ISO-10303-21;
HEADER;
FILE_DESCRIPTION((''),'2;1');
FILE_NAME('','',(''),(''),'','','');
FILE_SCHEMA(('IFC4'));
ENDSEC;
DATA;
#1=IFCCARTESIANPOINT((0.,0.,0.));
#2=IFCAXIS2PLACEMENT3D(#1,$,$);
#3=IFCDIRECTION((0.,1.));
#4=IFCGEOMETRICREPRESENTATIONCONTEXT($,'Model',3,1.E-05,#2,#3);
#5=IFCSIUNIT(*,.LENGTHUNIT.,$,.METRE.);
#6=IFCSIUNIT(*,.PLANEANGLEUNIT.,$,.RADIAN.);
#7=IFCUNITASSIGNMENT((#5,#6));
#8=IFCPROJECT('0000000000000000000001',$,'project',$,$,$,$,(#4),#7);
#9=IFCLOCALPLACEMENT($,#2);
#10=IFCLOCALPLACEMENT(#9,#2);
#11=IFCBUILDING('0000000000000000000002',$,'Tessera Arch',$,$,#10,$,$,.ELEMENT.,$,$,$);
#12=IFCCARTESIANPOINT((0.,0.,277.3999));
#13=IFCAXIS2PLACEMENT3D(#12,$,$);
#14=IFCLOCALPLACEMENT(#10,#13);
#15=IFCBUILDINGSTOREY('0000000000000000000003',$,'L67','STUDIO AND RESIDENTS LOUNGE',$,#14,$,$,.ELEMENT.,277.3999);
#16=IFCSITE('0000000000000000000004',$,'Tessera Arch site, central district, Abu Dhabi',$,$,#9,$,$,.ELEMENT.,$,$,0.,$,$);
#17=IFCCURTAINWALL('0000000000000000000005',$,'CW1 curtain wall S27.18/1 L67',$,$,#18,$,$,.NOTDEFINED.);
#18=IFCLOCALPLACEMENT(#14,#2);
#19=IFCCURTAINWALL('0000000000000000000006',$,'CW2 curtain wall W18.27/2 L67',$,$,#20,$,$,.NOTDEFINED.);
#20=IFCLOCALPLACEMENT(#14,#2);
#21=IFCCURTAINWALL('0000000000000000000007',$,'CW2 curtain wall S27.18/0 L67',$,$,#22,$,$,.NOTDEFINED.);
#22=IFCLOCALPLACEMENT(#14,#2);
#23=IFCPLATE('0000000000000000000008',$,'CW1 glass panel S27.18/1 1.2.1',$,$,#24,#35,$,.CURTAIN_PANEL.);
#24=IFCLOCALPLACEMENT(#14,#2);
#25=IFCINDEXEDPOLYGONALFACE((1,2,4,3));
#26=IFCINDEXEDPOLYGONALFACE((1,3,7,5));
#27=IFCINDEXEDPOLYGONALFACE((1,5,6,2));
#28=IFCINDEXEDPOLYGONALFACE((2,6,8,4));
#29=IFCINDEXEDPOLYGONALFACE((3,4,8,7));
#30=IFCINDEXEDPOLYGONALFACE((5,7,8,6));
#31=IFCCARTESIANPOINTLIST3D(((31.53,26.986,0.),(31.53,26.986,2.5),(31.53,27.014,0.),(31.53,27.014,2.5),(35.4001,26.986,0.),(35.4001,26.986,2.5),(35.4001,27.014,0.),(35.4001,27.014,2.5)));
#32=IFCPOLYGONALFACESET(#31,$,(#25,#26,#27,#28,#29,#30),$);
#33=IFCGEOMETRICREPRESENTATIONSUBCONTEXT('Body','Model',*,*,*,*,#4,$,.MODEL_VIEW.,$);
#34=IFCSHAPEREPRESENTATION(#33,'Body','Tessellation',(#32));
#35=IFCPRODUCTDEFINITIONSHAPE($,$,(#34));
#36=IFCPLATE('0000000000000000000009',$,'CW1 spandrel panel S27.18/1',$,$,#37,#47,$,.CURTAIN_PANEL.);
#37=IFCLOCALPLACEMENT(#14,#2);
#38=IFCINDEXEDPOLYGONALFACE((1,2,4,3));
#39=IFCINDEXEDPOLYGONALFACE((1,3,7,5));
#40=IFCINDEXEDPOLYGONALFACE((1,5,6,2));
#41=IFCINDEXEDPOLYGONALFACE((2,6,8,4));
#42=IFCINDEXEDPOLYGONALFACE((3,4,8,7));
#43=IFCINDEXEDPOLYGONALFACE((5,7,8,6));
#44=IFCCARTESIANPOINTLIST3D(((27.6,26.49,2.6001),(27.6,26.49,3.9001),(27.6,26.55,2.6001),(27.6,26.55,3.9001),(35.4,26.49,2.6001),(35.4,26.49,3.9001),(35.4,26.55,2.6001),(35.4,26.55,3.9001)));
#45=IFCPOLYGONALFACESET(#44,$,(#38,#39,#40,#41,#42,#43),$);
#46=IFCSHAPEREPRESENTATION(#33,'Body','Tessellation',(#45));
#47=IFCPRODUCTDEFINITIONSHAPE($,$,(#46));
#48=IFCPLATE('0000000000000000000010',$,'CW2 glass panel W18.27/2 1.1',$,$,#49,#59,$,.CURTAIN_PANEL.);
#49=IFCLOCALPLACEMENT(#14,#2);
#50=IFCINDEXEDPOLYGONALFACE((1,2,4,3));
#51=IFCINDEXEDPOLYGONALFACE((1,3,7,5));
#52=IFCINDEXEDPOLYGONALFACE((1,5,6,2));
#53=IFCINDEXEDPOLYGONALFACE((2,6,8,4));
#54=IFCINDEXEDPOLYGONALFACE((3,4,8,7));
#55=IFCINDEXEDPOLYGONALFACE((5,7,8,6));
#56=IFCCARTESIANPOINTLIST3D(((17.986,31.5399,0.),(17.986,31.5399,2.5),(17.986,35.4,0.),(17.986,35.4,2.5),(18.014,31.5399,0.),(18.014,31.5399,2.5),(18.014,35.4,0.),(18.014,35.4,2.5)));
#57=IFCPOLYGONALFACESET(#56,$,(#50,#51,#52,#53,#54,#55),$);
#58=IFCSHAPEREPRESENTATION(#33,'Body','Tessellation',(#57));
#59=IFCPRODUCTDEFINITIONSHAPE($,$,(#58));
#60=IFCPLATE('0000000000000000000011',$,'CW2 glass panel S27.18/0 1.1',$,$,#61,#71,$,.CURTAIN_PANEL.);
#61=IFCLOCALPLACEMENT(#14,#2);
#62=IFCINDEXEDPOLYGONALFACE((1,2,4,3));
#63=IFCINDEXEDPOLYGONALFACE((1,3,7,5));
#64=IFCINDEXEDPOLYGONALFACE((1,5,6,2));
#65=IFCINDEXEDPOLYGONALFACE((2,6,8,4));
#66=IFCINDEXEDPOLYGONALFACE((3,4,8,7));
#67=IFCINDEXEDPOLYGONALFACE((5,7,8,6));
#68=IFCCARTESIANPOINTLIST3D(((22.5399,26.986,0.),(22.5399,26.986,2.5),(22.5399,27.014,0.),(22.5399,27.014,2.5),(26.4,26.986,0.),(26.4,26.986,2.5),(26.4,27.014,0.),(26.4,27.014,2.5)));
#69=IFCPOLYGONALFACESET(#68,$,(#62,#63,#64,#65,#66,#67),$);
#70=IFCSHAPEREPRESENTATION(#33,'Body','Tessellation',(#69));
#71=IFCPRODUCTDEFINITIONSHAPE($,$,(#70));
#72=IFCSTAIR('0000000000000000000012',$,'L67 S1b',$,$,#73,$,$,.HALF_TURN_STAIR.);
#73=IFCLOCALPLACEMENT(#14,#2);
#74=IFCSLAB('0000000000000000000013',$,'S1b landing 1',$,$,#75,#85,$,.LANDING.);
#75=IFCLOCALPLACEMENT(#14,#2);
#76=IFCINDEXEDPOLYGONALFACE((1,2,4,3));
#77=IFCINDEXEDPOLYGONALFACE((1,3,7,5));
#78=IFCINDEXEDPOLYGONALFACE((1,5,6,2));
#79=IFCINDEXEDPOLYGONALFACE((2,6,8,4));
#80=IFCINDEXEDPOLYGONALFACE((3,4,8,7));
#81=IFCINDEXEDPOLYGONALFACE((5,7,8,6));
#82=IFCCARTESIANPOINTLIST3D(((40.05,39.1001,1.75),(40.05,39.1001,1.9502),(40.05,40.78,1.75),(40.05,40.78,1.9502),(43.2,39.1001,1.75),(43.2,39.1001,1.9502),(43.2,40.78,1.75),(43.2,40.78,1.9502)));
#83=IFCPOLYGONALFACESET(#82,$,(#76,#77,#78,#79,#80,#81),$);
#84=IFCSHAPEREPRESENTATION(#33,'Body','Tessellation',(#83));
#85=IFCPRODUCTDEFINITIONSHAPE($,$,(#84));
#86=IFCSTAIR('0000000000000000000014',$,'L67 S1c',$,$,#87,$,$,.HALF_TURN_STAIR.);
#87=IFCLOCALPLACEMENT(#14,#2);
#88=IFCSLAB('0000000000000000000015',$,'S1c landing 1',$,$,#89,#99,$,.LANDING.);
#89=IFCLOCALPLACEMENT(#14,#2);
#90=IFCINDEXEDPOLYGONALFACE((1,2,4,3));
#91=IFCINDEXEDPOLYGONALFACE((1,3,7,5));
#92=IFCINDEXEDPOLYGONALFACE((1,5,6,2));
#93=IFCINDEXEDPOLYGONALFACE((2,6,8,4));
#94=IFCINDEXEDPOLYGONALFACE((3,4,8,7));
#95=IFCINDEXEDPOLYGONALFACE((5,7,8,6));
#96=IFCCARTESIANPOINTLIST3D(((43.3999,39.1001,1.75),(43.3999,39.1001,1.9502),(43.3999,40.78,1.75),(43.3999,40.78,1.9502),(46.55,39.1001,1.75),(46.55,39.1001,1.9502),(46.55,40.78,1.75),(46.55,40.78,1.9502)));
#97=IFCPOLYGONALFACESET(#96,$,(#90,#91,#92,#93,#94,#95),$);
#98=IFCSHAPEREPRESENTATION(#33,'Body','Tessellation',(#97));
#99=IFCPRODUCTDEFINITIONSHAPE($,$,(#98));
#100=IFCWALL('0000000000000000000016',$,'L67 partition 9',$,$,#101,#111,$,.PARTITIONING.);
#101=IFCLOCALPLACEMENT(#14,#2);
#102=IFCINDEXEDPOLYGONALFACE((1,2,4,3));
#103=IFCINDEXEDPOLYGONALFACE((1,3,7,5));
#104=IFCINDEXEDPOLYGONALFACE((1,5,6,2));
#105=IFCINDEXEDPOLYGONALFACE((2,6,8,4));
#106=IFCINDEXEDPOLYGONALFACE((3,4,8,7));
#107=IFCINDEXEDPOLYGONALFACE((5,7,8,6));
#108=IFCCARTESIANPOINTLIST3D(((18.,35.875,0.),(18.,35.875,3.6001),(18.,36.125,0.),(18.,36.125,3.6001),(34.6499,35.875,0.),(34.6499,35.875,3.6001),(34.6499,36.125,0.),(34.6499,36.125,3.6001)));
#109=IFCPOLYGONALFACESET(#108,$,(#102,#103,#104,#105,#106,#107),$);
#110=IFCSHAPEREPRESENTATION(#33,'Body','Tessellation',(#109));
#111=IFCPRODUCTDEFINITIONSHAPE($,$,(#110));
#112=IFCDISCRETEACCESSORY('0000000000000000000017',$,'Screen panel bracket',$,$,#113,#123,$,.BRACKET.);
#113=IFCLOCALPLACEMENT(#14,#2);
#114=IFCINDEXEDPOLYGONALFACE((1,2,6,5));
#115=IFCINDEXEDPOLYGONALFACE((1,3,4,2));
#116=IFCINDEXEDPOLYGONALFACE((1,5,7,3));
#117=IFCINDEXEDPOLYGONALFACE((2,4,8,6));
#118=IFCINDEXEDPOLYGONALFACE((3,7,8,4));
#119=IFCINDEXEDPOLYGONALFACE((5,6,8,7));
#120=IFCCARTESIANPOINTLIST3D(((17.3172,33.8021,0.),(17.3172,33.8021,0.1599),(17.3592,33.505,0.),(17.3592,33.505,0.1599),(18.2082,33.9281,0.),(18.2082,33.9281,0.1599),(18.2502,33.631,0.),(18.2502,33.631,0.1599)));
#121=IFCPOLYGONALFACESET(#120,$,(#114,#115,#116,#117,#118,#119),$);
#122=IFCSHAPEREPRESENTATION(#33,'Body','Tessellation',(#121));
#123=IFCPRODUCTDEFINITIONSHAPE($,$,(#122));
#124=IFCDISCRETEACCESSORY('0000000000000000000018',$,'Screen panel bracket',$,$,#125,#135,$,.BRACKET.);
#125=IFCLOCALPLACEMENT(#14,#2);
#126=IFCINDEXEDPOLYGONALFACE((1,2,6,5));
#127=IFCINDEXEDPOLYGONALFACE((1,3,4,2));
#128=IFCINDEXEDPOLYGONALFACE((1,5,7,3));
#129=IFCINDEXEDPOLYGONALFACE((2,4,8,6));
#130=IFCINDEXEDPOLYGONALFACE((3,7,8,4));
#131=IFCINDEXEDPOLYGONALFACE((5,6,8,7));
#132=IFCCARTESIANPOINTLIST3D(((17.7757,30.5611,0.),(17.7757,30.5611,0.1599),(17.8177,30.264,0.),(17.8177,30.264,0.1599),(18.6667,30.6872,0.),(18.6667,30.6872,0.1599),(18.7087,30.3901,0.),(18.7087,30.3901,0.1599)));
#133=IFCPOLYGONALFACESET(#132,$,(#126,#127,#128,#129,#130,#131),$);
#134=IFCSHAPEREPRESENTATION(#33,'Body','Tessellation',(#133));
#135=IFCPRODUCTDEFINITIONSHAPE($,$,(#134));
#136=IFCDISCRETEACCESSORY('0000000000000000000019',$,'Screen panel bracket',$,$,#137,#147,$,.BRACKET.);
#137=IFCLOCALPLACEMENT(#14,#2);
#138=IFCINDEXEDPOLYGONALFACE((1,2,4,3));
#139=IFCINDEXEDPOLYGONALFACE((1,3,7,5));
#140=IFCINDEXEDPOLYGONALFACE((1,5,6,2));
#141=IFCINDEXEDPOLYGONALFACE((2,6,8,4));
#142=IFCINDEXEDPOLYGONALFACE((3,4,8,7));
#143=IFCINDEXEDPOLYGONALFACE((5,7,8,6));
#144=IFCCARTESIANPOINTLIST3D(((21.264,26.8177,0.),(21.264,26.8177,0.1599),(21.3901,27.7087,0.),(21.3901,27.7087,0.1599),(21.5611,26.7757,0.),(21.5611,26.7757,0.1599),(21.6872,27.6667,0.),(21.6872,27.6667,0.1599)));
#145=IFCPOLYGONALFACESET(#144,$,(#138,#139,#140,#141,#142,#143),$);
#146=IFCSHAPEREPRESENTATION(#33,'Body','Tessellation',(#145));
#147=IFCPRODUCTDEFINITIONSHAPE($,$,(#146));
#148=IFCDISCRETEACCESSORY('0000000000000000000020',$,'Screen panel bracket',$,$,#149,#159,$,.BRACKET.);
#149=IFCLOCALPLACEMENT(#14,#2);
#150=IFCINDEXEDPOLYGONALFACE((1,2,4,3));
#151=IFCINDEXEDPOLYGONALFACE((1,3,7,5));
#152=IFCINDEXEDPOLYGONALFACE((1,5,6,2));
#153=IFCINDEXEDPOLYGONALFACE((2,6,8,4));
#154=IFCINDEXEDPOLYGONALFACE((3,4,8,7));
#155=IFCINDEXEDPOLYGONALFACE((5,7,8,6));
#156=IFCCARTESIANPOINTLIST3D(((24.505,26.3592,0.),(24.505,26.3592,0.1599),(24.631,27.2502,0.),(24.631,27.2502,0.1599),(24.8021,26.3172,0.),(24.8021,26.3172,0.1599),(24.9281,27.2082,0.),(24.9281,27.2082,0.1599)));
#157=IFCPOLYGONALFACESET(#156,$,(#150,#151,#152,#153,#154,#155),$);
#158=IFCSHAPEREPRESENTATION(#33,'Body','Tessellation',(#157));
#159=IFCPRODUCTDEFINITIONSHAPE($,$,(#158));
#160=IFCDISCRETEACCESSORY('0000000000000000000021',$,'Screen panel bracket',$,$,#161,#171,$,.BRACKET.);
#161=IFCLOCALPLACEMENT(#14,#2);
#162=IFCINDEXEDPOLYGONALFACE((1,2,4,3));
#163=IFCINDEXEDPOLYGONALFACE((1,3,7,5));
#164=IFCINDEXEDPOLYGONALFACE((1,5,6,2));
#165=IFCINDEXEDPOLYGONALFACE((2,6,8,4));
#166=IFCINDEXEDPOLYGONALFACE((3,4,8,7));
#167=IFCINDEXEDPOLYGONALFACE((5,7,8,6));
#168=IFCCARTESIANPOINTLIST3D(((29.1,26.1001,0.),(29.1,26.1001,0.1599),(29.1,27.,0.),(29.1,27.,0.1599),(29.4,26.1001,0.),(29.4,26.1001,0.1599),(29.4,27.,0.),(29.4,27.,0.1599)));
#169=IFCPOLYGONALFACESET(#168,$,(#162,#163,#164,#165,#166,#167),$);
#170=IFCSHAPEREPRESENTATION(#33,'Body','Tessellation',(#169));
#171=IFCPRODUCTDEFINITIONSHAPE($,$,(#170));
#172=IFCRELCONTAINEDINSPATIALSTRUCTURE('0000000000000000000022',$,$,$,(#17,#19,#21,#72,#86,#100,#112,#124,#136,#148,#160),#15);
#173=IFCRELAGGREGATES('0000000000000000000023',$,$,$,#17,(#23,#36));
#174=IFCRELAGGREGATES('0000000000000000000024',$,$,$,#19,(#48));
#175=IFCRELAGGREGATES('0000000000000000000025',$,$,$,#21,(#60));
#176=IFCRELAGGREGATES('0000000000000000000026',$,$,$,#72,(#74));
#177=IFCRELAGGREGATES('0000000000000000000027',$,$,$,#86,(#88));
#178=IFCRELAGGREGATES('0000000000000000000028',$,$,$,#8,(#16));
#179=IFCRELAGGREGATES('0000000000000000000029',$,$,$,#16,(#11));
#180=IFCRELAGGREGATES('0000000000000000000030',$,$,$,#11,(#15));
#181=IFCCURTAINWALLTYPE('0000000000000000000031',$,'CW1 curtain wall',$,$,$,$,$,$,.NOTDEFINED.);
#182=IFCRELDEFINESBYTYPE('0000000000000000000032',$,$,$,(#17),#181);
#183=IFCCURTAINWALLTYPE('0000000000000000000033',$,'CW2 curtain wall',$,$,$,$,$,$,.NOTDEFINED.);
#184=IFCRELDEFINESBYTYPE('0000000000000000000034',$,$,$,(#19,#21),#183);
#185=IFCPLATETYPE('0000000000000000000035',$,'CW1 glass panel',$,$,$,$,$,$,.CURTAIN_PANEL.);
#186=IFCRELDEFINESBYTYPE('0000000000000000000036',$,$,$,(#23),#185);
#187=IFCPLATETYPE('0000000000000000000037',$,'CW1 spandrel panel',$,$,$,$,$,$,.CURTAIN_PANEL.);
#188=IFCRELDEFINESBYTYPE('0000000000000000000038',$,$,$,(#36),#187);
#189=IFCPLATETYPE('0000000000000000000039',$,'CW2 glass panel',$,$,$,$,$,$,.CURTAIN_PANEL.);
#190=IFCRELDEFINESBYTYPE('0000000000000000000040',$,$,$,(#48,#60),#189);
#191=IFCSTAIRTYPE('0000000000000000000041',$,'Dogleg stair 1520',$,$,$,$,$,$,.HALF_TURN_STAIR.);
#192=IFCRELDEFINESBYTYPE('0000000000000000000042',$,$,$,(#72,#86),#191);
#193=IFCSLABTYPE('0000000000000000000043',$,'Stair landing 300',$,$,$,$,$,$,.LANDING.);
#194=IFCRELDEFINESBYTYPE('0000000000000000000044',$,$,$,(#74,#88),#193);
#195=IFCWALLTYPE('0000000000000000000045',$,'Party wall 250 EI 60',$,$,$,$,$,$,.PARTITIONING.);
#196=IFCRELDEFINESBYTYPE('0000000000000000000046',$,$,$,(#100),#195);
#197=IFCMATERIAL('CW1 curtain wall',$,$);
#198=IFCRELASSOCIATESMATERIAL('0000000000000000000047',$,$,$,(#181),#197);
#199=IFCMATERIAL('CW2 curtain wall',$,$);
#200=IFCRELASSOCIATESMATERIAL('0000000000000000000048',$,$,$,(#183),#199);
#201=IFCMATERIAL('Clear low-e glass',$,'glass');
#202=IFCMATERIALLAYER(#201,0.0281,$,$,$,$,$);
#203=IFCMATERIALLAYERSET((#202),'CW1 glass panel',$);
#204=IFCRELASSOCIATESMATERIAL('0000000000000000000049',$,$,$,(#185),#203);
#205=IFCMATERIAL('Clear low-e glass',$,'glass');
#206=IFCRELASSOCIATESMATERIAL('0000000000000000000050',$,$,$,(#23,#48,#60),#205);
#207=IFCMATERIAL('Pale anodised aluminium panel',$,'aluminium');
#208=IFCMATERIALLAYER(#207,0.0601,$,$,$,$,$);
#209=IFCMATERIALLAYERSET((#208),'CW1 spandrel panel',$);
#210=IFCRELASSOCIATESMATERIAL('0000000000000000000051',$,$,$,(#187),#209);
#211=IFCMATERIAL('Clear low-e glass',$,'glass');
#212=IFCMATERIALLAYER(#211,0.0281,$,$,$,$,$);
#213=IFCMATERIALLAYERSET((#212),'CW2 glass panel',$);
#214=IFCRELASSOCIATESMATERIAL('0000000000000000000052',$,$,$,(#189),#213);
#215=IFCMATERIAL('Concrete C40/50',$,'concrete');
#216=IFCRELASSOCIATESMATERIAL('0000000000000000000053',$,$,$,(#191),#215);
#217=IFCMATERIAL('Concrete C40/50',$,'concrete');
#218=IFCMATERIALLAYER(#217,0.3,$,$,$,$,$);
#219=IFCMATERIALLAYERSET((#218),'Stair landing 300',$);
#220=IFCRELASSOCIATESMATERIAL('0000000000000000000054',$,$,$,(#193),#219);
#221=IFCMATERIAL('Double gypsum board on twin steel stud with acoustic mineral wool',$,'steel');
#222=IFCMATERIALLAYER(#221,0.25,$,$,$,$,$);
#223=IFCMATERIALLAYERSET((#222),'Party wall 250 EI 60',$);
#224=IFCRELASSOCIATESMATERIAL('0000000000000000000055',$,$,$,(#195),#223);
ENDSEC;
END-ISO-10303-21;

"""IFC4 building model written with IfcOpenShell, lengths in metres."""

from ifc_helpers import new_model, si_unit, direction, frame, frame_2d, origin, origin_2d, place, context, subcontext, project, spatial, polyline, rectangle, outline, extrude, material, layer, layer_set, type_object, element, aggregate, save


model = new_model("IFC4")

# Units and contexts
model_context = context("Model", 3, precision=1e-05, world=origin(), true_north=direction((0.0, 1.0)))
body_context = subcontext(model_context, "Body", "Model", "MODEL_VIEW")
ifc_project = project(units=[si_unit("LENGTHUNIT", "METRE"), si_unit("PLANEANGLEUNIT", "RADIAN")], contexts=[model_context])

# Site, building, storey
site_placement = place(None, origin())
site = spatial("IfcSite", under=ifc_project, at=site_placement, Name="Tessera Arch site, central district, Abu Dhabi", CompositionType="ELEMENT", RefElevation=0.0)
building_placement = place(site_placement, origin())
building = spatial("IfcBuilding", under=site, at=building_placement, Name="Tessera Arch", CompositionType="ELEMENT")
storey_placement = place(building_placement, frame((0.0, 0.0, 277.3999)))
storey = spatial("IfcBuildingStorey", under=building, at=storey_placement, Name="L67", Description="STUDIO AND RESIDENTS LOUNGE", CompositionType="ELEMENT", Elevation=277.3999)

# Curtain wall
ifc_material_1 = material(Name="CW1 curtain wall")
curtain_wall_type_1 = type_object("IfcCurtainWallType", Name="CW1 curtain wall", PredefinedType="NOTDEFINED", material=ifc_material_1)
curtain_wall_1_placement = place(storey_placement, origin())
curtain_wall_1 = element("IfcCurtainWall", 1, at=curtain_wall_1_placement, inside=storey, type_object=curtain_wall_type_1, Name="CW1 curtain wall S27.18/1 L67", PredefinedType="NOTDEFINED")

# Curtain walls
ifc_material_2 = material(Name="CW2 curtain wall")
curtain_wall_type_2 = type_object("IfcCurtainWallType", Name="CW2 curtain wall", PredefinedType="NOTDEFINED", material=ifc_material_2)
curtain_wall_2_placement = place(storey_placement, origin())
curtain_wall_2 = element("IfcCurtainWall", 2, at=curtain_wall_2_placement, inside=storey, type_object=curtain_wall_type_2, Name="CW2 curtain wall W18.27/2 L67", PredefinedType="NOTDEFINED")
curtain_wall_3_placement = place(storey_placement, origin())
curtain_wall_3 = element("IfcCurtainWall", 3, at=curtain_wall_3_placement, inside=storey, type_object=curtain_wall_type_2, Name="CW2 curtain wall S27.18/0 L67", PredefinedType="NOTDEFINED")

# Plates
ifc_material_3 = material(Name="Clear low-e glass", Category="glass")
ifc_material_4 = material(Name="Clear low-e glass", Category="glass")
ifc_layer_1 = layer(ifc_material_4, 0.0281)
ifc_layer_set_1 = layer_set([ifc_layer_1], Name="CW1 glass panel")
plate_type_1 = type_object("IfcPlateType", Name="CW1 glass panel", PredefinedType="CURTAIN_PANEL", material=ifc_layer_set_1)
plate_1_placement = place(storey_placement, frame((33.4651, 27.0, 0.0), z_axis=(0.0, 0.0, 1.0), x_axis=(1.0, 0.0, 0.0)))
plate_1 = element("IfcPlate", 4, at=plate_1_placement, type_object=plate_type_1, material=ifc_material_3, Name="CW1 glass panel S27.18/1 1.2.1", PredefinedType="CURTAIN_PANEL", context=body_context, shape_type="SweptSolid", body=[
    extrude(rectangle(XDim=3.8701, YDim=0.0281, at=origin_2d()), origin(), (0.0, 0.0, 1.0), 2.5),
])
ifc_material_5 = material(Name="Pale anodised aluminium panel", Category="aluminium")
ifc_layer_2 = layer(ifc_material_5, 0.0601)
ifc_layer_set_2 = layer_set([ifc_layer_2], Name="CW1 spandrel panel")
plate_type_2 = type_object("IfcPlateType", Name="CW1 spandrel panel", PredefinedType="CURTAIN_PANEL", material=ifc_layer_set_2)
plate_2_placement = place(storey_placement, frame((31.5, 26.52, 2.6001), z_axis=(0.0, 0.0, 1.0), x_axis=(1.0, 0.0, 0.0)))
plate_2 = element("IfcPlate", 5, at=plate_2_placement, type_object=plate_type_2, Name="CW1 spandrel panel S27.18/1", PredefinedType="CURTAIN_PANEL", context=body_context, shape_type="SweptSolid", body=[
    extrude(rectangle(XDim=7.8, YDim=0.0601, at=origin_2d()), origin(), (0.0, 0.0, 1.0), 1.3),
])
aggregate(curtain_wall_1, [plate_1, plate_2])
ifc_material_6 = material(Name="Clear low-e glass", Category="glass")
ifc_layer_3 = layer(ifc_material_6, 0.0281)
ifc_layer_set_3 = layer_set([ifc_layer_3], Name="CW2 glass panel")
plate_type_3 = type_object("IfcPlateType", Name="CW2 glass panel", PredefinedType="CURTAIN_PANEL", material=ifc_layer_set_3)
plate_3_placement = place(storey_placement, frame((18.0, 33.47, 0.0), z_axis=(0.0, 0.0, 1.0), x_axis=(0.0, -1.0, 0.0)))
plate_3 = element("IfcPlate", 6, at=plate_3_placement, type_object=plate_type_3, material=ifc_material_3, Name="CW2 glass panel W18.27/2 1.1", PredefinedType="CURTAIN_PANEL", context=body_context, shape_type="SweptSolid", body=[
    extrude(rectangle(XDim=3.8601, YDim=0.0281, at=origin_2d()), origin(), (0.0, 0.0, 1.0), 2.5),
])
aggregate(curtain_wall_2, [plate_3])
plate_4_placement = place(storey_placement, frame((24.47, 27.0, 0.0), z_axis=(0.0, 0.0, 1.0), x_axis=(1.0, 0.0, 0.0)))
plate_4 = element("IfcPlate", 7, at=plate_4_placement, type_object=plate_type_3, material=ifc_material_3, Name="CW2 glass panel S27.18/0 1.1", PredefinedType="CURTAIN_PANEL", context=body_context, shape_type="SweptSolid", body=[
    extrude(rectangle(XDim=3.8601, YDim=0.0281, at=origin_2d()), origin(), (0.0, 0.0, 1.0), 2.5),
])
aggregate(curtain_wall_3, [plate_4])

# Stairs, slabs
ifc_material_7 = material(Name="Concrete C40/50", Category="concrete")
stair_type = type_object("IfcStairType", Name="Dogleg stair 1520", PredefinedType="HALF_TURN_STAIR", material=ifc_material_7)
stair_1_placement = place(storey_placement, origin())
stair_1 = element("IfcStair", 8, at=stair_1_placement, inside=storey, type_object=stair_type, Name="L67 S1b", PredefinedType="HALF_TURN_STAIR")
ifc_material_8 = material(Name="Concrete C40/50", Category="concrete")
ifc_layer_4 = layer(ifc_material_8, 0.3)
ifc_layer_set_4 = layer_set([ifc_layer_4], Name="Stair landing 300")
slab_type = type_object("IfcSlabType", Name="Stair landing 300", PredefinedType="LANDING", material=ifc_layer_set_4)
slab_1_placement = place(storey_placement, frame((0.0, 0.0, 1.75)))
slab_1 = element("IfcSlab", 9, at=slab_1_placement, type_object=slab_type, Name="S1b landing 1", PredefinedType="LANDING", context=body_context, shape_type="SweptSolid", body=[
    extrude(outline(polyline([(40.05, 40.78), (40.05, 39.1001), (43.2, 39.1001), (43.2, 40.78), (40.05, 40.78)])), origin(), (0.0, 0.0, 1.0), 0.2002),
])
aggregate(stair_1, [slab_1])
stair_2_placement = place(storey_placement, origin())
stair_2 = element("IfcStair", 10, at=stair_2_placement, inside=storey, type_object=stair_type, Name="L67 S1c", PredefinedType="HALF_TURN_STAIR")
slab_2_placement = place(storey_placement, frame((0.0, 0.0, 1.75)))
slab_2 = element("IfcSlab", 11, at=slab_2_placement, type_object=slab_type, Name="S1c landing 1", PredefinedType="LANDING", context=body_context, shape_type="SweptSolid", body=[
    extrude(outline(polyline([(43.3999, 40.78), (43.3999, 39.1001), (46.55, 39.1001), (46.55, 40.78), (43.3999, 40.78)])), origin(), (0.0, 0.0, 1.0), 0.2002),
])
aggregate(stair_2, [slab_2])

# Wall
ifc_material_9 = material(Name="Double gypsum board on twin steel stud with acoustic mineral wool", Category="steel")
ifc_layer_5 = layer(ifc_material_9, 0.25)
ifc_layer_set_5 = layer_set([ifc_layer_5], Name="Party wall 250 EI 60")
wall_type = type_object("IfcWallType", Name="Party wall 250 EI 60", PredefinedType="PARTITIONING", material=ifc_layer_set_5)
wall_placement = place(storey_placement, frame((18.0, 36.0, 0.0), z_axis=(0.0, 0.0, 1.0), x_axis=(1.0, 0.0, 0.0)))
element("IfcWall", 12, at=wall_placement, inside=storey, type_object=wall_type, Name="L67 partition 9", PredefinedType="PARTITIONING", context=body_context, shape_type="SweptSolid", body=[
    extrude(rectangle(XDim=16.6499, YDim=0.25, at=frame_2d((8.325, 0.0))), origin(), (0.0, 0.0, 1.0), 3.6001),
])

# Discrete accessories
for number, where, z_axis, x_axis, name in (
    (13, (17.7837, 33.7166, 0.0), (0.0, 0.0, 1.0), (-0.990139, -0.140089, 0.0), "Screen panel bracket"),
    (14, (18.2422, 30.4756, 0.0), (0.0, 0.0, 1.0), (-0.990139, -0.140089, 0.0), "Screen panel bracket"),
    (15, (21.4756, 27.2422, 0.0), (0.0, 0.0, 1.0), (-0.140089, -0.990139, 0.0), "Screen panel bracket"),
    (16, (24.7166, 26.7837, 0.0), (0.0, 0.0, 1.0), (-0.140089, -0.990139, 0.0), "Screen panel bracket"),
    (17, (29.25, 26.55, 0.0), (0.0, 0.0, 1.0), (0.0, -1.0, 0.0), "Screen panel bracket"),
):
    element("IfcDiscreteAccessory", number, at=place(storey_placement, frame(where, z_axis=z_axis, x_axis=x_axis)), inside=storey, Name=name, PredefinedType="BRACKET", context=body_context, shape_type="SweptSolid", body=[
        extrude(rectangle(XDim=0.8999, YDim=0.3, at=origin_2d()), origin(), (0.0, 0.0, 1.0), 0.1599),
    ])

save(model, "model.ifc")
